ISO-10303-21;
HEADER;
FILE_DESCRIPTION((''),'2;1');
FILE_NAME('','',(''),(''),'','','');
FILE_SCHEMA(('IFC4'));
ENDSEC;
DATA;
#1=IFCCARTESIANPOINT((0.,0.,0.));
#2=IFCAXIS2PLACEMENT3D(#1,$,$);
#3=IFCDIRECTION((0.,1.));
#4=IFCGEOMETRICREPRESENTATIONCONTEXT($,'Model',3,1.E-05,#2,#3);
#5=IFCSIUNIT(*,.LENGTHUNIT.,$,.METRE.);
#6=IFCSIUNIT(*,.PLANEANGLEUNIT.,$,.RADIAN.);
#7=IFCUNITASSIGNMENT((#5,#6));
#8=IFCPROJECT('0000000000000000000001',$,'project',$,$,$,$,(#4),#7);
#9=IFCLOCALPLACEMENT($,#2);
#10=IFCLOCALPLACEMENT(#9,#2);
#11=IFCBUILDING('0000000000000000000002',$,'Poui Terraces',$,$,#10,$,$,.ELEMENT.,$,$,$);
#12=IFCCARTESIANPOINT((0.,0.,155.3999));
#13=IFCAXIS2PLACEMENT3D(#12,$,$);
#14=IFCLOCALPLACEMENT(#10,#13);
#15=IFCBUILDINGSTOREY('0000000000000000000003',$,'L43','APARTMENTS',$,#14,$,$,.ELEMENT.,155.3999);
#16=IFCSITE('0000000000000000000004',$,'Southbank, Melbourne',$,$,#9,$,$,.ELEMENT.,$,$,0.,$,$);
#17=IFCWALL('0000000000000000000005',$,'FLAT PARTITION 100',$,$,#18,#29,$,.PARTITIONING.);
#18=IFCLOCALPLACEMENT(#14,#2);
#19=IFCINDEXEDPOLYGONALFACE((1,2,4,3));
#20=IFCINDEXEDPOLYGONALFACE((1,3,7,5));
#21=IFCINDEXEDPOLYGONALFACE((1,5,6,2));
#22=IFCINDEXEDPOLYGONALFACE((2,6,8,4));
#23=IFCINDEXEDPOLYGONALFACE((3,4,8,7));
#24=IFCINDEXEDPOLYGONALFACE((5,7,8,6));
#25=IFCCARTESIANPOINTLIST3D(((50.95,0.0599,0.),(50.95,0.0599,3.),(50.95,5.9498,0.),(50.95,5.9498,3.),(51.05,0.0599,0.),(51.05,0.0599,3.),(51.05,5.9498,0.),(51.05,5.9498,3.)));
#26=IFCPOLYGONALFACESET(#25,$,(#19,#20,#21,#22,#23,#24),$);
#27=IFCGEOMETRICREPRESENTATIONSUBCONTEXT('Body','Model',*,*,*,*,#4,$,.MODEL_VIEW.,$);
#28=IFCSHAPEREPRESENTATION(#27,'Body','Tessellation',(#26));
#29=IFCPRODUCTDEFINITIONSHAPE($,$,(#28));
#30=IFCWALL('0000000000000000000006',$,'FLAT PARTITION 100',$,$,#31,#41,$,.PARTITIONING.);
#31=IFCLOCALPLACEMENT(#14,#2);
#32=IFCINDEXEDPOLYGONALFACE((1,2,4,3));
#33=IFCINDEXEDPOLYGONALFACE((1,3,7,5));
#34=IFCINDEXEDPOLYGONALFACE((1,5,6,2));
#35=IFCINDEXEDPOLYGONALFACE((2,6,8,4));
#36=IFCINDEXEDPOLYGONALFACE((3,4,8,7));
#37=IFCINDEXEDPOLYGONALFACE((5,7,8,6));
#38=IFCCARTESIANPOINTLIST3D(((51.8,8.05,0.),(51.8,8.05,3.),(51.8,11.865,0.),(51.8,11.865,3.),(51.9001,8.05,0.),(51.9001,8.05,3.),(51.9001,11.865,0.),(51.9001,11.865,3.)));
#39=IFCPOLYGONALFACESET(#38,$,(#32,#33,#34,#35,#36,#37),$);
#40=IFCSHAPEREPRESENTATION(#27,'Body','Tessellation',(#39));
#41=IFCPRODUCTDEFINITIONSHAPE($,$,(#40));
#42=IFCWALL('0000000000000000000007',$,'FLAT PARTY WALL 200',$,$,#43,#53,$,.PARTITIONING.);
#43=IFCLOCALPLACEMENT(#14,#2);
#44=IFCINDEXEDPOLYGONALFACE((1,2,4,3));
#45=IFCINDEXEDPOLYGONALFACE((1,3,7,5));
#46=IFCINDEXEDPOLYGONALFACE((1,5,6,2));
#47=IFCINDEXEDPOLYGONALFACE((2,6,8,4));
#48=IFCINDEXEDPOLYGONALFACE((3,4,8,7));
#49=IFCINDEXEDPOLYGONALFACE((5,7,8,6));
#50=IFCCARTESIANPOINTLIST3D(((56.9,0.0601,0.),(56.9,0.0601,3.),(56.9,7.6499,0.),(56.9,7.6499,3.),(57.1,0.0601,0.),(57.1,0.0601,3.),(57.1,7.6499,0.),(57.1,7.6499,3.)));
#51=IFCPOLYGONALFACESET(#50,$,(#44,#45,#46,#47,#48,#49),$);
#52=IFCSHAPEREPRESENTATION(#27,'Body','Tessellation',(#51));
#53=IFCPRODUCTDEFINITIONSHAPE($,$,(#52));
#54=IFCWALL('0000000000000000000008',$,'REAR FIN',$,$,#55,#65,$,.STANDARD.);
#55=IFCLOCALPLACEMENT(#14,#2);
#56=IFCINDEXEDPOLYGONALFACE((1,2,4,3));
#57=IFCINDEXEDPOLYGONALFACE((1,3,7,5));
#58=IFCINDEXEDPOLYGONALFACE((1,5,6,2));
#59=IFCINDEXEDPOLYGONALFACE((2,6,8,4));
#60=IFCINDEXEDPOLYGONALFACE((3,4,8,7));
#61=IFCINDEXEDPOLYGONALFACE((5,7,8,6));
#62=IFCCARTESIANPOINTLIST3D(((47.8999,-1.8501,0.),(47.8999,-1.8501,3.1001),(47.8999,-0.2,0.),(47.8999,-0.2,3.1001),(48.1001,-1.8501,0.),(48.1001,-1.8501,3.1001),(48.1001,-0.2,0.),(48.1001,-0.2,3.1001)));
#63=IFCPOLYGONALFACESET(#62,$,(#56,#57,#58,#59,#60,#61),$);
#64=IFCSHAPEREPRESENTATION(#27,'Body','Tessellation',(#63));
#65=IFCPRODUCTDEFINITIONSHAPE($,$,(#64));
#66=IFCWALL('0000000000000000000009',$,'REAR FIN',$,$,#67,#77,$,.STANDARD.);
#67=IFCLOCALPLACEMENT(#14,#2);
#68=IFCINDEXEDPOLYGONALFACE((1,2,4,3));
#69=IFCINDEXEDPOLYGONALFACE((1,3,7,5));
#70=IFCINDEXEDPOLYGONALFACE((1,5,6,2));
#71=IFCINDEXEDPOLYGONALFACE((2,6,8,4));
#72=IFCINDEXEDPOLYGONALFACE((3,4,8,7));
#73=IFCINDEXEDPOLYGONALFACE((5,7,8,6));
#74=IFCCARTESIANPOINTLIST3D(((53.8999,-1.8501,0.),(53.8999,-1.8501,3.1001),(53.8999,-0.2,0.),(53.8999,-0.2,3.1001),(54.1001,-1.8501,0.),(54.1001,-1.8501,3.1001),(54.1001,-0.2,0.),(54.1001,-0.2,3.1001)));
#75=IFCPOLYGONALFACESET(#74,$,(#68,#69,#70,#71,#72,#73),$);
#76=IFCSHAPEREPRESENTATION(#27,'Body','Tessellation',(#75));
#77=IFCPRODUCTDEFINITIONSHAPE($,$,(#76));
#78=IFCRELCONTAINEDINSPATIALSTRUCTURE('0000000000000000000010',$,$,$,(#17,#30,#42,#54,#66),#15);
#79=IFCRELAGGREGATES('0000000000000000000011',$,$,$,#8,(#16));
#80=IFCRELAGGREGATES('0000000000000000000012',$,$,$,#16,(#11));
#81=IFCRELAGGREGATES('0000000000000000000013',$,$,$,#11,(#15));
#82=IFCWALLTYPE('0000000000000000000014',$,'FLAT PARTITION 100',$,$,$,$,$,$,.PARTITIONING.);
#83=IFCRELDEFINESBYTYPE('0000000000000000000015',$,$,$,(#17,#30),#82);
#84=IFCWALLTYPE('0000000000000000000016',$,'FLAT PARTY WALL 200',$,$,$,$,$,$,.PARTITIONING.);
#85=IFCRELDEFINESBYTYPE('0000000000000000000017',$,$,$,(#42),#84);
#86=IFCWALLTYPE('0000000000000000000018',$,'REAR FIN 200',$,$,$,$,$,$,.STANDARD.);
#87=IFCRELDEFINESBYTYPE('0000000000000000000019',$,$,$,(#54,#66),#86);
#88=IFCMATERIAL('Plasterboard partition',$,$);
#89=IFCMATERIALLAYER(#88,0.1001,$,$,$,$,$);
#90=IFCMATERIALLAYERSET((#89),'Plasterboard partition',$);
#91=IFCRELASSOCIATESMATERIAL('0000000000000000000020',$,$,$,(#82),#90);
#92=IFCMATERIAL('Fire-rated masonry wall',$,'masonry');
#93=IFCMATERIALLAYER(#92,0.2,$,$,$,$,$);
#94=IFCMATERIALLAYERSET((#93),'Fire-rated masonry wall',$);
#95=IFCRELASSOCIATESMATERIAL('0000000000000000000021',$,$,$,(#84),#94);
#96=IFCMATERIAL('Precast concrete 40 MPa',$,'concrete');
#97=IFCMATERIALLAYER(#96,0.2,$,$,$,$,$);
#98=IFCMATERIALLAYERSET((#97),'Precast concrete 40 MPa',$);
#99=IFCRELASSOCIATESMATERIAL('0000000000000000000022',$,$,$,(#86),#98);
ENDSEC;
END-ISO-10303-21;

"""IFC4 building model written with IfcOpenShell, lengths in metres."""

from ifc_helpers import new_model, si_unit, direction, frame, frame_2d, origin, place, context, subcontext, project, spatial, polyline, rectangle, outline, extrude, source, transform, mapped, material, layer, layer_set, type_object, element, save


model = new_model("IFC4")

# Units and contexts
model_context = context("Model", 3, precision=1e-05, world=origin(), true_north=direction((0.0, 1.0)))
body_context = subcontext(model_context, "Body", "Model", "MODEL_VIEW")
ifc_project = project(units=[si_unit("LENGTHUNIT", "METRE"), si_unit("PLANEANGLEUNIT", "RADIAN")], contexts=[model_context])

# Site, building, storey
site_placement = place(None, origin())
site = spatial("IfcSite", under=ifc_project, at=site_placement, Name="Southbank, Melbourne", CompositionType="ELEMENT", RefElevation=0.0)
building_placement = place(site_placement, origin())
building = spatial("IfcBuilding", under=site, at=building_placement, Name="Poui Terraces", CompositionType="ELEMENT")
storey_placement = place(building_placement, frame((0.0, 0.0, 155.3999)))
storey = spatial("IfcBuildingStorey", under=building, at=storey_placement, Name="L43", Description="APARTMENTS", CompositionType="ELEMENT", Elevation=155.3999)

# Shared definitions
ifc_material_1 = material(Name="Precast concrete 40 MPa", Category="concrete")

# Shared definitions
ifc_material_2 = material(Name="Plasterboard partition")
ifc_layer_1 = layer(ifc_material_2, 0.1001)
ifc_layer_set_1 = layer_set([ifc_layer_1], Name="Plasterboard partition")
wall_type_1 = type_object("IfcWallType", Name="FLAT PARTITION 100", PredefinedType="PARTITIONING", material=ifc_layer_set_1)

# Walls
wall_1_placement = place(storey_placement, frame((51.0, 0.0601, 0.0), z_axis=(0.0, 0.0, 1.0), x_axis=(0.0, 1.0, 0.0)))
element("IfcWall", 1, at=wall_1_placement, inside=storey, type_object=wall_type_1, Name="FLAT PARTITION 100", PredefinedType="PARTITIONING", context=body_context, shape_type="SweptSolid", body=[
    extrude(rectangle(XDim=5.8899, YDim=0.1001, at=frame_2d((2.9448, 0.0))), origin(), (0.0, 0.0, 1.0), 3.0),
])
wall_2_placement = place(storey_placement, frame((51.8501, 8.05, 0.0), z_axis=(0.0, 0.0, 1.0), x_axis=(0.0, 1.0, 0.0)))
element("IfcWall", 2, at=wall_2_placement, inside=storey, type_object=wall_type_1, Name="FLAT PARTITION 100", PredefinedType="PARTITIONING", context=body_context, shape_type="SweptSolid", body=[
    extrude(rectangle(XDim=3.8149, YDim=0.1001, at=frame_2d((1.9075, 0.0))), origin(), (0.0, 0.0, 1.0), 3.0),
])
ifc_material_3 = material(Name="Fire-rated masonry wall", Category="masonry")
ifc_layer_2 = layer(ifc_material_3, 0.2)
ifc_layer_set_2 = layer_set([ifc_layer_2], Name="Fire-rated masonry wall")
wall_type_2 = type_object("IfcWallType", Name="FLAT PARTY WALL 200", PredefinedType="PARTITIONING", material=ifc_layer_set_2)
wall_3_placement = place(storey_placement, frame((57.0, 0.0601, 0.0), z_axis=(0.0, 0.0, 1.0), x_axis=(0.0, 1.0, 0.0)))
element("IfcWall", 3, at=wall_3_placement, inside=storey, type_object=wall_type_2, Name="FLAT PARTY WALL 200", PredefinedType="PARTITIONING", context=body_context, shape_type="SweptSolid", body=[
    extrude(rectangle(XDim=7.5898, YDim=0.2, at=frame_2d((3.7949, 0.0))), origin(), (0.0, 0.0, 1.0), 3.0),
])
ifc_layer_3 = layer(ifc_material_1, 0.2)
ifc_layer_set_3 = layer_set([ifc_layer_3], Name="Precast concrete 40 MPa")
wall_type_3 = type_object("IfcWallType", Name="REAR FIN 200", PredefinedType="STANDARD", material=ifc_layer_set_3)
shared_shape_1 = source(origin(), body_context, "Body", "SweptSolid", [
    extrude(outline(polyline([(0.0, 0.0), (0.2002, 0.0), (0.2002, 1.6501), (0.0, 1.6501), (0.0, 0.0)])), origin(), (0.0, 0.0, 1.0), 3.1001),
])
for number, where, name in (
    (4, (47.8999, -1.8501, 0.0), "REAR FIN"),
    (5, (53.8999, -1.8501, 0.0), "REAR FIN"),
):
    element("IfcWall", number, at=place(storey_placement, frame(where)), inside=storey, type_object=wall_type_3, Name=name, PredefinedType="STANDARD", context=body_context, shape_type="MappedRepresentation", body=[
        mapped(shared_shape_1, transform((0.0, 0.0, 0.0))),
    ])

save(model, "model.ifc")
